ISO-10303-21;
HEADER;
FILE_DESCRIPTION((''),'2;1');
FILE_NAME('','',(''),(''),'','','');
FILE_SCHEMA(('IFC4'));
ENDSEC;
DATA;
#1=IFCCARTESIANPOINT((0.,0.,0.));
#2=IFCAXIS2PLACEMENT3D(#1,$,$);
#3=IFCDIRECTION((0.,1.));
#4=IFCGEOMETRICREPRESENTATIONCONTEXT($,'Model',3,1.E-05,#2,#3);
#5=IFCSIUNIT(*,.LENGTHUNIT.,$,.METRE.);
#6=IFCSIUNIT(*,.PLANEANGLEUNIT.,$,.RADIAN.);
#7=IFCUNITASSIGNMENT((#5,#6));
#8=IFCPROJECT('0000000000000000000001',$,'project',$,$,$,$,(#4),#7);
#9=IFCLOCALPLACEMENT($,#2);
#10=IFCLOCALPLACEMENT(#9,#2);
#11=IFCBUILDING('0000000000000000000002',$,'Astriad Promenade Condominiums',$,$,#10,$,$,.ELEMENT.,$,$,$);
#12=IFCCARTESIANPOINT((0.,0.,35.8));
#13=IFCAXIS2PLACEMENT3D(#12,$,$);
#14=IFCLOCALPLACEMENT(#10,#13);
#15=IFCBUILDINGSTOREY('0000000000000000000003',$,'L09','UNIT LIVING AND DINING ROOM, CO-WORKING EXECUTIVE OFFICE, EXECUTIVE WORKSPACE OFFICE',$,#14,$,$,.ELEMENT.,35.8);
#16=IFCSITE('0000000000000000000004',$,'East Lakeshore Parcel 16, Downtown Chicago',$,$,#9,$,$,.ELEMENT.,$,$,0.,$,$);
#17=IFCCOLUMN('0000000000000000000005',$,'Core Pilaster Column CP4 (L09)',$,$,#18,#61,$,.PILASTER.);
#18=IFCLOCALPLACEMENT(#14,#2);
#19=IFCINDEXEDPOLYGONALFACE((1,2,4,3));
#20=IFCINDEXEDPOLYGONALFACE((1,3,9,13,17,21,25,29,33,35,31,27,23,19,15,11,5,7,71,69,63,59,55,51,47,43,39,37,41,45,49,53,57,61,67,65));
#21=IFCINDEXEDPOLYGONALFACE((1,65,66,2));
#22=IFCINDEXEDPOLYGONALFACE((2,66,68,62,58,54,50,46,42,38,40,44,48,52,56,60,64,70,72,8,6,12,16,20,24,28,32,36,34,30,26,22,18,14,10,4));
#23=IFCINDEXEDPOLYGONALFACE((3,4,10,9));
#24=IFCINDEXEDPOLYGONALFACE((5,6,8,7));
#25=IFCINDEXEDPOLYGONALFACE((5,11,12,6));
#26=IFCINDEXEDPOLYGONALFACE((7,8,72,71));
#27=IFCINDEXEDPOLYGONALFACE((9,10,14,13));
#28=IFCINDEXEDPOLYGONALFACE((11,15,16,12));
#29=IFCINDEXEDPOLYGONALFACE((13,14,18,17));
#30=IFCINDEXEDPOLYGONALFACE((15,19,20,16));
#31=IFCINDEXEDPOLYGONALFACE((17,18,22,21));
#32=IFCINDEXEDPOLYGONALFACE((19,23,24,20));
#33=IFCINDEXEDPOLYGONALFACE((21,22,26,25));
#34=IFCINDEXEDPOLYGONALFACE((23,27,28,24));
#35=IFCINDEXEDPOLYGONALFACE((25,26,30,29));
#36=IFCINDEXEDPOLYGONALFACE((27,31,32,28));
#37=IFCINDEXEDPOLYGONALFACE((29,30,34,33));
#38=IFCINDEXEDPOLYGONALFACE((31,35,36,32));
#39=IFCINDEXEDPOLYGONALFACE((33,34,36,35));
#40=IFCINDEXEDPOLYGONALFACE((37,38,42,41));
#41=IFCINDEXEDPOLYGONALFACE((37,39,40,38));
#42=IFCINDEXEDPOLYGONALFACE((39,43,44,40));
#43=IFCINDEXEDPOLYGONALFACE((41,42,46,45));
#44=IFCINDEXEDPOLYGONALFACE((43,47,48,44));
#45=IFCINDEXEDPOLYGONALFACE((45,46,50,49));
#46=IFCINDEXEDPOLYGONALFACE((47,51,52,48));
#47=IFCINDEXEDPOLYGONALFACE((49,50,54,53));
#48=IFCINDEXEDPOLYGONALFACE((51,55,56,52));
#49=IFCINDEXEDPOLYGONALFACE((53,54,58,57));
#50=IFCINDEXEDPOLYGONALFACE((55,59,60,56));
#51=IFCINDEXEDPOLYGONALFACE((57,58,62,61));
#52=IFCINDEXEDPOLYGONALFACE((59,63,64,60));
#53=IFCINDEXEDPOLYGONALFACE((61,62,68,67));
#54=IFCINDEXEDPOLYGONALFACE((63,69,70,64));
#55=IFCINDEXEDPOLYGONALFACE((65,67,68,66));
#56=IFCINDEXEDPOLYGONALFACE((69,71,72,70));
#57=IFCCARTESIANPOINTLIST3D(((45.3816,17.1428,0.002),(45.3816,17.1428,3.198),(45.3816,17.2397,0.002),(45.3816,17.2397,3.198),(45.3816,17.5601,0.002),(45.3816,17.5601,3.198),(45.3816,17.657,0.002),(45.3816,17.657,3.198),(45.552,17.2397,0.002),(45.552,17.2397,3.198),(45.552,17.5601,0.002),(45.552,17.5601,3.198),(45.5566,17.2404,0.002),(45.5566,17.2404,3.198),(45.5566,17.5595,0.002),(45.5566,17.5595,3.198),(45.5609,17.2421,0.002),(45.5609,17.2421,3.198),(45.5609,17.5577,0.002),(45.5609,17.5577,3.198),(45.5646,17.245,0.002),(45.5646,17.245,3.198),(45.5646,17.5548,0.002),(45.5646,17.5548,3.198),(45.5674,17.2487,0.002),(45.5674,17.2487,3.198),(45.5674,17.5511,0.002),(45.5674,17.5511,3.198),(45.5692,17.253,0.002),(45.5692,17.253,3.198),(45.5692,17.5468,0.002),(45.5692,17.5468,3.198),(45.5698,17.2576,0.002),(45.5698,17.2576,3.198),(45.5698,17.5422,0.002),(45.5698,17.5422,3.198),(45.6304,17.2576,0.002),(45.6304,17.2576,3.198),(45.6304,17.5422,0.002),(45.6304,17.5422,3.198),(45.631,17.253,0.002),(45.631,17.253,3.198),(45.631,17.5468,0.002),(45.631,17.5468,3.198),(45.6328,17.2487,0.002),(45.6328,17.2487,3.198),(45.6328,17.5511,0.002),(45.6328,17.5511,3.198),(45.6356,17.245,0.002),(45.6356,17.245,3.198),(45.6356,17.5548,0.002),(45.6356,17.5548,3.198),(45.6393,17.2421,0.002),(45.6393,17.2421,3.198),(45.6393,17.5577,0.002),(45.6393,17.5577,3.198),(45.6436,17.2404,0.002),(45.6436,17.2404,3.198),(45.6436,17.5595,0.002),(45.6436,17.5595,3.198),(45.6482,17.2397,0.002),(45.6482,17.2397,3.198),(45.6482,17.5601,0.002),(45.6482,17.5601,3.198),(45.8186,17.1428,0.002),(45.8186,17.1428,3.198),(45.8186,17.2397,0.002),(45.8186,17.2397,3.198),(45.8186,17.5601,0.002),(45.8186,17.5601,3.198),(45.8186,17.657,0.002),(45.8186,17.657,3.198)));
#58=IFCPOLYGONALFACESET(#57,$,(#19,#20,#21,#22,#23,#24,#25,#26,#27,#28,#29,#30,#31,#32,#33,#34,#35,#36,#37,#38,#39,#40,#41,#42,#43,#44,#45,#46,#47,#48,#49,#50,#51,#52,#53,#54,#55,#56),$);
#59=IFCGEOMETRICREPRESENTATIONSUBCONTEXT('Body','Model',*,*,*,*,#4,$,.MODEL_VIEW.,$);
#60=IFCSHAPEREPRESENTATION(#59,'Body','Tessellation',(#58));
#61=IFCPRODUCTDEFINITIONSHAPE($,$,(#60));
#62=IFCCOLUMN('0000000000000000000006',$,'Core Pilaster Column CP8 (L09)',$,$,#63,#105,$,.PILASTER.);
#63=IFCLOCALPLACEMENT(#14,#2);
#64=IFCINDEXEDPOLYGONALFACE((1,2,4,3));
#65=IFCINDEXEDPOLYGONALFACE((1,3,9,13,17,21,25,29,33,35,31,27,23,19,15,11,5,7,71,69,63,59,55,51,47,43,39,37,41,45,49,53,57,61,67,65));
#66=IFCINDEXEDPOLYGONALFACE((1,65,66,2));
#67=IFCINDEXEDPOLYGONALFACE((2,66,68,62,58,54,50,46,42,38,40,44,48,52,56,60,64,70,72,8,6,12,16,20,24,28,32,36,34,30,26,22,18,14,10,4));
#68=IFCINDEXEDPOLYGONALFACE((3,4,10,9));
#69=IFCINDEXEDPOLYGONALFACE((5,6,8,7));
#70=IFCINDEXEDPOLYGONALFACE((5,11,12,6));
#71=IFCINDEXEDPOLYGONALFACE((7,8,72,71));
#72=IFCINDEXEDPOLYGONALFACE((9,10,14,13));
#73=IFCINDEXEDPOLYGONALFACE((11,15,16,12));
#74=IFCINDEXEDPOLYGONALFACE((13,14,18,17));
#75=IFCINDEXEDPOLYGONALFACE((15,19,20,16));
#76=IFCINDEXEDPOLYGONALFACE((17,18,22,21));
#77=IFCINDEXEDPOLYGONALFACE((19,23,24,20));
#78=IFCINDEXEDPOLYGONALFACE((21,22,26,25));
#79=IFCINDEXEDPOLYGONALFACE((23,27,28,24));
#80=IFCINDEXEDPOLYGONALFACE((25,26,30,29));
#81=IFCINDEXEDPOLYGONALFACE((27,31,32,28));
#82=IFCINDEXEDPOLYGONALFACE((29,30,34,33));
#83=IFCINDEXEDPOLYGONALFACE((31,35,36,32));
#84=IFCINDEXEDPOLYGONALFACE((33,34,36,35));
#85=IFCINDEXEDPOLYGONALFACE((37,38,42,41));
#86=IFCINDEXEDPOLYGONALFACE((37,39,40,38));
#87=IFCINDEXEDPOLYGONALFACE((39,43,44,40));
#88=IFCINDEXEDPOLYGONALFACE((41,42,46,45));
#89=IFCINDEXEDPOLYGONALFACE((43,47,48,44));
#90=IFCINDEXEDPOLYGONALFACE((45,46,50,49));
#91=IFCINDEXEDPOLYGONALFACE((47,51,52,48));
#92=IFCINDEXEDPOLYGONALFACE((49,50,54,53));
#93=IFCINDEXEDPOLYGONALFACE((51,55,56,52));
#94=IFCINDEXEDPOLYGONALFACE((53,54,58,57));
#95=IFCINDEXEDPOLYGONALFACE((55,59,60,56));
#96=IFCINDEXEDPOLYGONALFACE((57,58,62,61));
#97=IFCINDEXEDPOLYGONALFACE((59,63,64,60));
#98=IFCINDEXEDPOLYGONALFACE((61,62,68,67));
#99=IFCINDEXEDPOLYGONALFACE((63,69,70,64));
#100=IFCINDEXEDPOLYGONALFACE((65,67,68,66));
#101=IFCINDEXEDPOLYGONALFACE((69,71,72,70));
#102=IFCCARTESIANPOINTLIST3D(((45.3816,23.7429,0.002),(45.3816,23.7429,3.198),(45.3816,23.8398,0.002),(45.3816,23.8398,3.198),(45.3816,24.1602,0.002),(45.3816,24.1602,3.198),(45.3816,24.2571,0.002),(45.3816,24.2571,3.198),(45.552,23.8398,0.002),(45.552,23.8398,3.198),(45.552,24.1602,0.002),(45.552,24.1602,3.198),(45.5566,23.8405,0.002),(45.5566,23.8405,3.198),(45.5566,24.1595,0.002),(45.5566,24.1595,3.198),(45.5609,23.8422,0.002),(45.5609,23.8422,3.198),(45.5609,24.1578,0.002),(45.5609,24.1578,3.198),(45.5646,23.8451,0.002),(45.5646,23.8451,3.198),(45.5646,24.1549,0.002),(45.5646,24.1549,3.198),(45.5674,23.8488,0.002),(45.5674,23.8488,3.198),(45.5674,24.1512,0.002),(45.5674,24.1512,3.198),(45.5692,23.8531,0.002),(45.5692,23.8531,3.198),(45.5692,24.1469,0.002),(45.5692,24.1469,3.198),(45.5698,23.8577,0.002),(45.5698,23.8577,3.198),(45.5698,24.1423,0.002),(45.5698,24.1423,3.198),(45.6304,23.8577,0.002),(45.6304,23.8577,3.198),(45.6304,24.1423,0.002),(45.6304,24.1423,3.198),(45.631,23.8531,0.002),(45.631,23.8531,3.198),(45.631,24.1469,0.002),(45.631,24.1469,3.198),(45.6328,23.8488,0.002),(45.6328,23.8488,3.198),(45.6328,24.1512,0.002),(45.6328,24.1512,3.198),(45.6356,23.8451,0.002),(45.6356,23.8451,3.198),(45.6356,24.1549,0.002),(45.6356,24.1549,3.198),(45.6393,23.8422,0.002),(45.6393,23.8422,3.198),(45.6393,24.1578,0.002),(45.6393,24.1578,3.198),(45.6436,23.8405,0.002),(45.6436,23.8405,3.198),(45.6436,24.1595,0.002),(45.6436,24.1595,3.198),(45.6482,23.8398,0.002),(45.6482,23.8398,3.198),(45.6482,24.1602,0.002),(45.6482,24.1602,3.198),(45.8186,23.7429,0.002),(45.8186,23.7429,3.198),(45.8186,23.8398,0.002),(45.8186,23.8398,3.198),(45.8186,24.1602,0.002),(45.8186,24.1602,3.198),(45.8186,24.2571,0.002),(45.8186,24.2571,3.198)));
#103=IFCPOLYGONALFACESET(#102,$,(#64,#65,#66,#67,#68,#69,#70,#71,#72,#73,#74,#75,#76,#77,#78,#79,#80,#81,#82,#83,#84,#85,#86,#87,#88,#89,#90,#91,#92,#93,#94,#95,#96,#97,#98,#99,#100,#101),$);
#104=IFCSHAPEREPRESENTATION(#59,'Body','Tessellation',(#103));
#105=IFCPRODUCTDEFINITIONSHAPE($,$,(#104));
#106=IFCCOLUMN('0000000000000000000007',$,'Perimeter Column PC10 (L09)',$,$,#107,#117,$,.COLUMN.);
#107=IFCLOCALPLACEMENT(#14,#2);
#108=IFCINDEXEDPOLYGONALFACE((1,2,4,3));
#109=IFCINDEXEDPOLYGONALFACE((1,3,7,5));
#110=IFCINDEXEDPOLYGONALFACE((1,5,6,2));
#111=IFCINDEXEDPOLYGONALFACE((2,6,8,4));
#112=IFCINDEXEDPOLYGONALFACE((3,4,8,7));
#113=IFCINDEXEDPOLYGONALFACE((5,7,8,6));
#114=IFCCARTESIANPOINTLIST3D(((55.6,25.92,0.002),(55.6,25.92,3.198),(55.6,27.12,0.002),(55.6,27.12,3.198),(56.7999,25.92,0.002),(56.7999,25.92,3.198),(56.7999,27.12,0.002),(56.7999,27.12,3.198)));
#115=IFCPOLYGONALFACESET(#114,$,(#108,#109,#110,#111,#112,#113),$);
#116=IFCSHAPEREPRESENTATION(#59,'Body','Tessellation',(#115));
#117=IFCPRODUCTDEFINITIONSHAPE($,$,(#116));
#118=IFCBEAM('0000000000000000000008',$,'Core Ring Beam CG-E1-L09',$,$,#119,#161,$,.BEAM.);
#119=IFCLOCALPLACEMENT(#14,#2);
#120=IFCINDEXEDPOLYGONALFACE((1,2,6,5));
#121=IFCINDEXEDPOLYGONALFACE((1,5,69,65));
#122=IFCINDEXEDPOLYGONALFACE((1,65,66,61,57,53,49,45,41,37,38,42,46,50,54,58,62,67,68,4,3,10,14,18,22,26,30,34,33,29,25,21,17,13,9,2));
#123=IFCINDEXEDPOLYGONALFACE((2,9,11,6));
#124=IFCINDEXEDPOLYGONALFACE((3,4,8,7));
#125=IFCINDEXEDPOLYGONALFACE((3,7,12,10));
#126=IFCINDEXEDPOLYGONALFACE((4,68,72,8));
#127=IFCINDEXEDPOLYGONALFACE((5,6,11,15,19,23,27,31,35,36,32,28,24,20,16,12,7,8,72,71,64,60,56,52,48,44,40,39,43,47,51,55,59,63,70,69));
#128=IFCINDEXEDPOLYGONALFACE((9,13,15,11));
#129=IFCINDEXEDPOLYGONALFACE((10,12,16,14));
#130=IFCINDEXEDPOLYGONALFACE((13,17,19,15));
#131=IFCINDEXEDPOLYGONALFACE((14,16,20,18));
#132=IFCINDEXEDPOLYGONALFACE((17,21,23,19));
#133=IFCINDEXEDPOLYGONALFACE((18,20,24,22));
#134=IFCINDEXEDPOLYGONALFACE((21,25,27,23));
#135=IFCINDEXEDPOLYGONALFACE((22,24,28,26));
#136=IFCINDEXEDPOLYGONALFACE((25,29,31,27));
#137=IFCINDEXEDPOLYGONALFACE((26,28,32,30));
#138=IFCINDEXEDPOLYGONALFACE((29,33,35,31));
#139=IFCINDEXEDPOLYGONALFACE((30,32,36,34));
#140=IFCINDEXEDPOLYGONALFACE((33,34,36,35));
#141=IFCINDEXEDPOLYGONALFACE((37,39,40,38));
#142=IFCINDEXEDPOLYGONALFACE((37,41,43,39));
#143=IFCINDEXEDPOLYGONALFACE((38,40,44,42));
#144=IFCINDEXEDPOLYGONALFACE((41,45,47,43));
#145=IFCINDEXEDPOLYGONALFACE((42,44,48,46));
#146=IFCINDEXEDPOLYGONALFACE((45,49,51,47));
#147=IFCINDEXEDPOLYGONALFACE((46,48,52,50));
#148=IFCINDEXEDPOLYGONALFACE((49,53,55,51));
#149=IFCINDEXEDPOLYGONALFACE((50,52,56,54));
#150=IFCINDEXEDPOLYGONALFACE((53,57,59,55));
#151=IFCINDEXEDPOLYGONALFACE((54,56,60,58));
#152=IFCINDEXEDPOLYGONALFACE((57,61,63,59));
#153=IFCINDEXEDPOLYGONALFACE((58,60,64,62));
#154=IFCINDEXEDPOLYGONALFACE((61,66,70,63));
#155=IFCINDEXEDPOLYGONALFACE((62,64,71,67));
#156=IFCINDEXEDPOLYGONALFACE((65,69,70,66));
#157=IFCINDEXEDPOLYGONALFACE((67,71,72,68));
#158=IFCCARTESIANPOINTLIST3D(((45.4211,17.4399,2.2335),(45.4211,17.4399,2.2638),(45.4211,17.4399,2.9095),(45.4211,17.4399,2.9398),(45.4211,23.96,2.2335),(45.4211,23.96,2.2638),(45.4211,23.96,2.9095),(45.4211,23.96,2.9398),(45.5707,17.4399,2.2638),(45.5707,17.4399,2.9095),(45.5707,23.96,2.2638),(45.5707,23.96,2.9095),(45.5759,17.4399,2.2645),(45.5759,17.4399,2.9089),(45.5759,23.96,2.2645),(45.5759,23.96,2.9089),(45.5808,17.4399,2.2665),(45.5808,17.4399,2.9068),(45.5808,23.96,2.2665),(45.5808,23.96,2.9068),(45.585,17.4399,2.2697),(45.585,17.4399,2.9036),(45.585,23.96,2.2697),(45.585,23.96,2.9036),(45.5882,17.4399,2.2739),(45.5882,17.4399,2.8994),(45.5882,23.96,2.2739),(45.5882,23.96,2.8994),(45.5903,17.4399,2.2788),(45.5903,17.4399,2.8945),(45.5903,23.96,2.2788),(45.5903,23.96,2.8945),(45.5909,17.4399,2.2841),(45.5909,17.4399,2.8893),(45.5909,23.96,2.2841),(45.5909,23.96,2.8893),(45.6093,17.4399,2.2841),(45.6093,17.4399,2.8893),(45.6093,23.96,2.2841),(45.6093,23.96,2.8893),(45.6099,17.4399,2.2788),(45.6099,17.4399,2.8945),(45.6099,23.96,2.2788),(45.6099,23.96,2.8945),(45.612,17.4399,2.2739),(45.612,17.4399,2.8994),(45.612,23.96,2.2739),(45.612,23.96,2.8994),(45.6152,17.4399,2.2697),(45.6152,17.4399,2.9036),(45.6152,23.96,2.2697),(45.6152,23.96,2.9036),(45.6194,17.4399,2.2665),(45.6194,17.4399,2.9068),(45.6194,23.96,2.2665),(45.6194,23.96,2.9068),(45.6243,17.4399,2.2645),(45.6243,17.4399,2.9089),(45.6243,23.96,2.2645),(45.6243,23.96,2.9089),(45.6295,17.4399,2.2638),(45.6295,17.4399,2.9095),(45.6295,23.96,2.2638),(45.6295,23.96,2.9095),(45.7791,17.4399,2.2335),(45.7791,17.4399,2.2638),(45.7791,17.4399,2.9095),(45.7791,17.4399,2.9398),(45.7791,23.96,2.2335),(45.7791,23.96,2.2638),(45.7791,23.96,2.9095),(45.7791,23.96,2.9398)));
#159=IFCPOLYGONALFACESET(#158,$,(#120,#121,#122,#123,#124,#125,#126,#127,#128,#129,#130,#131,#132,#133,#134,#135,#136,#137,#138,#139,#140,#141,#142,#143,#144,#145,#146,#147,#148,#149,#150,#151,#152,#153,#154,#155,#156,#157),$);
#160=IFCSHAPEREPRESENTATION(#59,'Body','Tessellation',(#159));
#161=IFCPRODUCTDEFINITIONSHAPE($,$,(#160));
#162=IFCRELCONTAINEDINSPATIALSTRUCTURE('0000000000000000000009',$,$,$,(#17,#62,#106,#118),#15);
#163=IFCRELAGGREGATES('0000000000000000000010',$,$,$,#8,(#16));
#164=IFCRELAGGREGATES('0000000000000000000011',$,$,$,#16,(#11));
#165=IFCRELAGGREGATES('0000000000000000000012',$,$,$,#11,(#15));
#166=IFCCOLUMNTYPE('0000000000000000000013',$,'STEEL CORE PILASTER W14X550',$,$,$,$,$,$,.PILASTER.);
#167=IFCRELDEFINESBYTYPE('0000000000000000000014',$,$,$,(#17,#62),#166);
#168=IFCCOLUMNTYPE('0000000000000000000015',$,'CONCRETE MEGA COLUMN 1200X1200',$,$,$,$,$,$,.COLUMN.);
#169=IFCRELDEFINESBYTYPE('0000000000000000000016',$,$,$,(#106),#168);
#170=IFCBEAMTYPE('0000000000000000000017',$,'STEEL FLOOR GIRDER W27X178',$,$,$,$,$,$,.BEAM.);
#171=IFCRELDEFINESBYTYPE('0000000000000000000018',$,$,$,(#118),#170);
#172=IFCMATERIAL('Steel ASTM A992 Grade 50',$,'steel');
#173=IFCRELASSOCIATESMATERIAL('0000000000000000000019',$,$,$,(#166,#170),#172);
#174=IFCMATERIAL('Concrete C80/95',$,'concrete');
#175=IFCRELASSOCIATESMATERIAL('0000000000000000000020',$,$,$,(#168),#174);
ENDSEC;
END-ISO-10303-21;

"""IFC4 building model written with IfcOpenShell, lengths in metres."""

from ifc_helpers import new_model, si_unit, direction, frame, origin, origin_2d, place, context, subcontext, project, spatial, rectangle, i_section, extrude, source, transform, mapped, material, material_profile, profile_set, type_object, type_shapes, element, save


model = new_model("IFC4")

# Units and contexts
model_context = context("Model", 3, precision=1e-05, world=origin(), true_north=direction((0.0, 1.0)))
body_context = subcontext(model_context, "Body", "Model", "MODEL_VIEW")
ifc_project = project(units=[si_unit("LENGTHUNIT", "METRE"), si_unit("PLANEANGLEUNIT", "RADIAN")], contexts=[model_context])

# Site, building, storey
site_placement = place(None, origin())
site = spatial("IfcSite", under=ifc_project, at=site_placement, Name="East Lakeshore Parcel 16, Downtown Chicago", CompositionType="ELEMENT", RefElevation=0.0)
building_placement = place(site_placement, origin())
building = spatial("IfcBuilding", under=site, at=building_placement, Name="Astriad Promenade Condominiums", CompositionType="ELEMENT")
storey_placement = place(building_placement, frame((0.0, 0.0, 35.8)))
storey = spatial("IfcBuildingStorey", under=building, at=storey_placement, Name="L09", Description="UNIT LIVING AND DINING ROOM, CO-WORKING EXECUTIVE OFFICE, EXECUTIVE WORKSPACE OFFICE", CompositionType="ELEMENT", Elevation=35.8)

# Columns
ifc_material_1 = material(Name="Steel ASTM A992 Grade 50", Category="steel")
ifc_material_profile_1 = material_profile(ifc_material_1, i_section(OverallWidth=0.437, OverallDepth=0.5142, WebThickness=0.0605, FlangeThickness=0.0969, FilletRadius=0.0178, at=origin_2d()), Name="W14X550")
ifc_profile_set_1 = profile_set([ifc_material_profile_1], Name="Steel ASTM A992 Grade 50")
column_type_1 = type_object("IfcColumnType", Name="STEEL CORE PILASTER W14X550", PredefinedType="PILASTER", material=ifc_profile_set_1)
shared_shape_1 = source(origin(), body_context, "Body", "SweptSolid", [
    extrude(i_section(OverallWidth=0.437, OverallDepth=0.5142, WebThickness=0.0605, FlangeThickness=0.0969, FilletRadius=0.0178, at=origin_2d()), origin(), (0.0, 0.0, 1.0), 3.196),
])
type_shapes(column_type_1, [shared_shape_1])
for number, where, z_axis, x_axis, name in (
    (1, (45.6001, 17.3999, 0.002), (0.0, 0.0, 1.0), (1.0, 0.0, 0.0), "Core Pilaster Column CP4 (L09)"),
    (2, (45.6001, 24.0, 0.002), (0.0, 0.0, 1.0), (1.0, 0.0, 0.0), "Core Pilaster Column CP8 (L09)"),
):
    element("IfcColumn", number, at=place(storey_placement, frame(where, z_axis=z_axis, x_axis=x_axis)), inside=storey, type_object=column_type_1, Name=name, PredefinedType="PILASTER", context=body_context, shape_type="MappedRepresentation", body=[
        mapped(shared_shape_1, transform((0.0, 0.0, 0.0), scale=1.0)),
    ])
ifc_material_2 = material(Name="Concrete C80/95", Category="concrete")
ifc_material_profile_2 = material_profile(ifc_material_2, rectangle(XDim=1.2, YDim=1.2, at=origin_2d()), Name="RC-COL-1200X1200")
ifc_profile_set_2 = profile_set([ifc_material_profile_2], Name="Concrete C80/95")
column_type_2 = type_object("IfcColumnType", Name="CONCRETE MEGA COLUMN 1200X1200", PredefinedType="COLUMN", material=ifc_profile_set_2)
shared_shape_2 = source(origin(), body_context, "Body", "SweptSolid", [
    extrude(rectangle(XDim=1.2, YDim=1.2, at=origin_2d()), origin(), (0.0, 0.0, 1.0), 3.196),
])
type_shapes(column_type_2, [shared_shape_2])
column_placement = place(storey_placement, frame((56.2, 26.52, 0.002), z_axis=(0.0, 0.0, 1.0), x_axis=(1.0, 0.0, 0.0)))
element("IfcColumn", 3, at=column_placement, inside=storey, type_object=column_type_2, Name="Perimeter Column PC10 (L09)", PredefinedType="COLUMN", context=body_context, shape_type="MappedRepresentation", body=[
    mapped(shared_shape_2, transform((0.0, 0.0, 0.0), scale=1.0)),
])

# Beam
ifc_material_profile_3 = material_profile(ifc_material_1, i_section(OverallWidth=0.3579, OverallDepth=0.7063, WebThickness=0.0183, FlangeThickness=0.0303, FilletRadius=0.0203, at=origin_2d()), Name="W27X178")
ifc_profile_set_3 = profile_set([ifc_material_profile_3], Name="Steel ASTM A992 Grade 50")
beam_type_1 = type_object("IfcBeamType", Name="STEEL FLOOR GIRDER W27X178", PredefinedType="BEAM", material=ifc_profile_set_3)
shared_shape_3 = source(origin(), body_context, "Body", "SweptSolid", [
    extrude(i_section(OverallWidth=0.3579, OverallDepth=0.7063, WebThickness=0.0183, FlangeThickness=0.0303, FilletRadius=0.0203, at=origin_2d()), origin(), (0.0, 0.0, 1.0), 6.52),
])
type_shapes(beam_type_1, [shared_shape_3])
beam_1_placement = place(storey_placement, frame((45.6001, 17.4399, 2.5867), z_axis=(0.0, 1.0, 0.0), x_axis=(-1.0, 0.0, 0.0)))
element("IfcBeam", 4, at=beam_1_placement, inside=storey, type_object=beam_type_1, Name="Core Ring Beam CG-E1-L09", PredefinedType="BEAM", context=body_context, shape_type="MappedRepresentation", body=[
    mapped(shared_shape_3, transform((0.0, 0.0, 0.0), scale=1.0)),
])

save(model, "model.ifc")
